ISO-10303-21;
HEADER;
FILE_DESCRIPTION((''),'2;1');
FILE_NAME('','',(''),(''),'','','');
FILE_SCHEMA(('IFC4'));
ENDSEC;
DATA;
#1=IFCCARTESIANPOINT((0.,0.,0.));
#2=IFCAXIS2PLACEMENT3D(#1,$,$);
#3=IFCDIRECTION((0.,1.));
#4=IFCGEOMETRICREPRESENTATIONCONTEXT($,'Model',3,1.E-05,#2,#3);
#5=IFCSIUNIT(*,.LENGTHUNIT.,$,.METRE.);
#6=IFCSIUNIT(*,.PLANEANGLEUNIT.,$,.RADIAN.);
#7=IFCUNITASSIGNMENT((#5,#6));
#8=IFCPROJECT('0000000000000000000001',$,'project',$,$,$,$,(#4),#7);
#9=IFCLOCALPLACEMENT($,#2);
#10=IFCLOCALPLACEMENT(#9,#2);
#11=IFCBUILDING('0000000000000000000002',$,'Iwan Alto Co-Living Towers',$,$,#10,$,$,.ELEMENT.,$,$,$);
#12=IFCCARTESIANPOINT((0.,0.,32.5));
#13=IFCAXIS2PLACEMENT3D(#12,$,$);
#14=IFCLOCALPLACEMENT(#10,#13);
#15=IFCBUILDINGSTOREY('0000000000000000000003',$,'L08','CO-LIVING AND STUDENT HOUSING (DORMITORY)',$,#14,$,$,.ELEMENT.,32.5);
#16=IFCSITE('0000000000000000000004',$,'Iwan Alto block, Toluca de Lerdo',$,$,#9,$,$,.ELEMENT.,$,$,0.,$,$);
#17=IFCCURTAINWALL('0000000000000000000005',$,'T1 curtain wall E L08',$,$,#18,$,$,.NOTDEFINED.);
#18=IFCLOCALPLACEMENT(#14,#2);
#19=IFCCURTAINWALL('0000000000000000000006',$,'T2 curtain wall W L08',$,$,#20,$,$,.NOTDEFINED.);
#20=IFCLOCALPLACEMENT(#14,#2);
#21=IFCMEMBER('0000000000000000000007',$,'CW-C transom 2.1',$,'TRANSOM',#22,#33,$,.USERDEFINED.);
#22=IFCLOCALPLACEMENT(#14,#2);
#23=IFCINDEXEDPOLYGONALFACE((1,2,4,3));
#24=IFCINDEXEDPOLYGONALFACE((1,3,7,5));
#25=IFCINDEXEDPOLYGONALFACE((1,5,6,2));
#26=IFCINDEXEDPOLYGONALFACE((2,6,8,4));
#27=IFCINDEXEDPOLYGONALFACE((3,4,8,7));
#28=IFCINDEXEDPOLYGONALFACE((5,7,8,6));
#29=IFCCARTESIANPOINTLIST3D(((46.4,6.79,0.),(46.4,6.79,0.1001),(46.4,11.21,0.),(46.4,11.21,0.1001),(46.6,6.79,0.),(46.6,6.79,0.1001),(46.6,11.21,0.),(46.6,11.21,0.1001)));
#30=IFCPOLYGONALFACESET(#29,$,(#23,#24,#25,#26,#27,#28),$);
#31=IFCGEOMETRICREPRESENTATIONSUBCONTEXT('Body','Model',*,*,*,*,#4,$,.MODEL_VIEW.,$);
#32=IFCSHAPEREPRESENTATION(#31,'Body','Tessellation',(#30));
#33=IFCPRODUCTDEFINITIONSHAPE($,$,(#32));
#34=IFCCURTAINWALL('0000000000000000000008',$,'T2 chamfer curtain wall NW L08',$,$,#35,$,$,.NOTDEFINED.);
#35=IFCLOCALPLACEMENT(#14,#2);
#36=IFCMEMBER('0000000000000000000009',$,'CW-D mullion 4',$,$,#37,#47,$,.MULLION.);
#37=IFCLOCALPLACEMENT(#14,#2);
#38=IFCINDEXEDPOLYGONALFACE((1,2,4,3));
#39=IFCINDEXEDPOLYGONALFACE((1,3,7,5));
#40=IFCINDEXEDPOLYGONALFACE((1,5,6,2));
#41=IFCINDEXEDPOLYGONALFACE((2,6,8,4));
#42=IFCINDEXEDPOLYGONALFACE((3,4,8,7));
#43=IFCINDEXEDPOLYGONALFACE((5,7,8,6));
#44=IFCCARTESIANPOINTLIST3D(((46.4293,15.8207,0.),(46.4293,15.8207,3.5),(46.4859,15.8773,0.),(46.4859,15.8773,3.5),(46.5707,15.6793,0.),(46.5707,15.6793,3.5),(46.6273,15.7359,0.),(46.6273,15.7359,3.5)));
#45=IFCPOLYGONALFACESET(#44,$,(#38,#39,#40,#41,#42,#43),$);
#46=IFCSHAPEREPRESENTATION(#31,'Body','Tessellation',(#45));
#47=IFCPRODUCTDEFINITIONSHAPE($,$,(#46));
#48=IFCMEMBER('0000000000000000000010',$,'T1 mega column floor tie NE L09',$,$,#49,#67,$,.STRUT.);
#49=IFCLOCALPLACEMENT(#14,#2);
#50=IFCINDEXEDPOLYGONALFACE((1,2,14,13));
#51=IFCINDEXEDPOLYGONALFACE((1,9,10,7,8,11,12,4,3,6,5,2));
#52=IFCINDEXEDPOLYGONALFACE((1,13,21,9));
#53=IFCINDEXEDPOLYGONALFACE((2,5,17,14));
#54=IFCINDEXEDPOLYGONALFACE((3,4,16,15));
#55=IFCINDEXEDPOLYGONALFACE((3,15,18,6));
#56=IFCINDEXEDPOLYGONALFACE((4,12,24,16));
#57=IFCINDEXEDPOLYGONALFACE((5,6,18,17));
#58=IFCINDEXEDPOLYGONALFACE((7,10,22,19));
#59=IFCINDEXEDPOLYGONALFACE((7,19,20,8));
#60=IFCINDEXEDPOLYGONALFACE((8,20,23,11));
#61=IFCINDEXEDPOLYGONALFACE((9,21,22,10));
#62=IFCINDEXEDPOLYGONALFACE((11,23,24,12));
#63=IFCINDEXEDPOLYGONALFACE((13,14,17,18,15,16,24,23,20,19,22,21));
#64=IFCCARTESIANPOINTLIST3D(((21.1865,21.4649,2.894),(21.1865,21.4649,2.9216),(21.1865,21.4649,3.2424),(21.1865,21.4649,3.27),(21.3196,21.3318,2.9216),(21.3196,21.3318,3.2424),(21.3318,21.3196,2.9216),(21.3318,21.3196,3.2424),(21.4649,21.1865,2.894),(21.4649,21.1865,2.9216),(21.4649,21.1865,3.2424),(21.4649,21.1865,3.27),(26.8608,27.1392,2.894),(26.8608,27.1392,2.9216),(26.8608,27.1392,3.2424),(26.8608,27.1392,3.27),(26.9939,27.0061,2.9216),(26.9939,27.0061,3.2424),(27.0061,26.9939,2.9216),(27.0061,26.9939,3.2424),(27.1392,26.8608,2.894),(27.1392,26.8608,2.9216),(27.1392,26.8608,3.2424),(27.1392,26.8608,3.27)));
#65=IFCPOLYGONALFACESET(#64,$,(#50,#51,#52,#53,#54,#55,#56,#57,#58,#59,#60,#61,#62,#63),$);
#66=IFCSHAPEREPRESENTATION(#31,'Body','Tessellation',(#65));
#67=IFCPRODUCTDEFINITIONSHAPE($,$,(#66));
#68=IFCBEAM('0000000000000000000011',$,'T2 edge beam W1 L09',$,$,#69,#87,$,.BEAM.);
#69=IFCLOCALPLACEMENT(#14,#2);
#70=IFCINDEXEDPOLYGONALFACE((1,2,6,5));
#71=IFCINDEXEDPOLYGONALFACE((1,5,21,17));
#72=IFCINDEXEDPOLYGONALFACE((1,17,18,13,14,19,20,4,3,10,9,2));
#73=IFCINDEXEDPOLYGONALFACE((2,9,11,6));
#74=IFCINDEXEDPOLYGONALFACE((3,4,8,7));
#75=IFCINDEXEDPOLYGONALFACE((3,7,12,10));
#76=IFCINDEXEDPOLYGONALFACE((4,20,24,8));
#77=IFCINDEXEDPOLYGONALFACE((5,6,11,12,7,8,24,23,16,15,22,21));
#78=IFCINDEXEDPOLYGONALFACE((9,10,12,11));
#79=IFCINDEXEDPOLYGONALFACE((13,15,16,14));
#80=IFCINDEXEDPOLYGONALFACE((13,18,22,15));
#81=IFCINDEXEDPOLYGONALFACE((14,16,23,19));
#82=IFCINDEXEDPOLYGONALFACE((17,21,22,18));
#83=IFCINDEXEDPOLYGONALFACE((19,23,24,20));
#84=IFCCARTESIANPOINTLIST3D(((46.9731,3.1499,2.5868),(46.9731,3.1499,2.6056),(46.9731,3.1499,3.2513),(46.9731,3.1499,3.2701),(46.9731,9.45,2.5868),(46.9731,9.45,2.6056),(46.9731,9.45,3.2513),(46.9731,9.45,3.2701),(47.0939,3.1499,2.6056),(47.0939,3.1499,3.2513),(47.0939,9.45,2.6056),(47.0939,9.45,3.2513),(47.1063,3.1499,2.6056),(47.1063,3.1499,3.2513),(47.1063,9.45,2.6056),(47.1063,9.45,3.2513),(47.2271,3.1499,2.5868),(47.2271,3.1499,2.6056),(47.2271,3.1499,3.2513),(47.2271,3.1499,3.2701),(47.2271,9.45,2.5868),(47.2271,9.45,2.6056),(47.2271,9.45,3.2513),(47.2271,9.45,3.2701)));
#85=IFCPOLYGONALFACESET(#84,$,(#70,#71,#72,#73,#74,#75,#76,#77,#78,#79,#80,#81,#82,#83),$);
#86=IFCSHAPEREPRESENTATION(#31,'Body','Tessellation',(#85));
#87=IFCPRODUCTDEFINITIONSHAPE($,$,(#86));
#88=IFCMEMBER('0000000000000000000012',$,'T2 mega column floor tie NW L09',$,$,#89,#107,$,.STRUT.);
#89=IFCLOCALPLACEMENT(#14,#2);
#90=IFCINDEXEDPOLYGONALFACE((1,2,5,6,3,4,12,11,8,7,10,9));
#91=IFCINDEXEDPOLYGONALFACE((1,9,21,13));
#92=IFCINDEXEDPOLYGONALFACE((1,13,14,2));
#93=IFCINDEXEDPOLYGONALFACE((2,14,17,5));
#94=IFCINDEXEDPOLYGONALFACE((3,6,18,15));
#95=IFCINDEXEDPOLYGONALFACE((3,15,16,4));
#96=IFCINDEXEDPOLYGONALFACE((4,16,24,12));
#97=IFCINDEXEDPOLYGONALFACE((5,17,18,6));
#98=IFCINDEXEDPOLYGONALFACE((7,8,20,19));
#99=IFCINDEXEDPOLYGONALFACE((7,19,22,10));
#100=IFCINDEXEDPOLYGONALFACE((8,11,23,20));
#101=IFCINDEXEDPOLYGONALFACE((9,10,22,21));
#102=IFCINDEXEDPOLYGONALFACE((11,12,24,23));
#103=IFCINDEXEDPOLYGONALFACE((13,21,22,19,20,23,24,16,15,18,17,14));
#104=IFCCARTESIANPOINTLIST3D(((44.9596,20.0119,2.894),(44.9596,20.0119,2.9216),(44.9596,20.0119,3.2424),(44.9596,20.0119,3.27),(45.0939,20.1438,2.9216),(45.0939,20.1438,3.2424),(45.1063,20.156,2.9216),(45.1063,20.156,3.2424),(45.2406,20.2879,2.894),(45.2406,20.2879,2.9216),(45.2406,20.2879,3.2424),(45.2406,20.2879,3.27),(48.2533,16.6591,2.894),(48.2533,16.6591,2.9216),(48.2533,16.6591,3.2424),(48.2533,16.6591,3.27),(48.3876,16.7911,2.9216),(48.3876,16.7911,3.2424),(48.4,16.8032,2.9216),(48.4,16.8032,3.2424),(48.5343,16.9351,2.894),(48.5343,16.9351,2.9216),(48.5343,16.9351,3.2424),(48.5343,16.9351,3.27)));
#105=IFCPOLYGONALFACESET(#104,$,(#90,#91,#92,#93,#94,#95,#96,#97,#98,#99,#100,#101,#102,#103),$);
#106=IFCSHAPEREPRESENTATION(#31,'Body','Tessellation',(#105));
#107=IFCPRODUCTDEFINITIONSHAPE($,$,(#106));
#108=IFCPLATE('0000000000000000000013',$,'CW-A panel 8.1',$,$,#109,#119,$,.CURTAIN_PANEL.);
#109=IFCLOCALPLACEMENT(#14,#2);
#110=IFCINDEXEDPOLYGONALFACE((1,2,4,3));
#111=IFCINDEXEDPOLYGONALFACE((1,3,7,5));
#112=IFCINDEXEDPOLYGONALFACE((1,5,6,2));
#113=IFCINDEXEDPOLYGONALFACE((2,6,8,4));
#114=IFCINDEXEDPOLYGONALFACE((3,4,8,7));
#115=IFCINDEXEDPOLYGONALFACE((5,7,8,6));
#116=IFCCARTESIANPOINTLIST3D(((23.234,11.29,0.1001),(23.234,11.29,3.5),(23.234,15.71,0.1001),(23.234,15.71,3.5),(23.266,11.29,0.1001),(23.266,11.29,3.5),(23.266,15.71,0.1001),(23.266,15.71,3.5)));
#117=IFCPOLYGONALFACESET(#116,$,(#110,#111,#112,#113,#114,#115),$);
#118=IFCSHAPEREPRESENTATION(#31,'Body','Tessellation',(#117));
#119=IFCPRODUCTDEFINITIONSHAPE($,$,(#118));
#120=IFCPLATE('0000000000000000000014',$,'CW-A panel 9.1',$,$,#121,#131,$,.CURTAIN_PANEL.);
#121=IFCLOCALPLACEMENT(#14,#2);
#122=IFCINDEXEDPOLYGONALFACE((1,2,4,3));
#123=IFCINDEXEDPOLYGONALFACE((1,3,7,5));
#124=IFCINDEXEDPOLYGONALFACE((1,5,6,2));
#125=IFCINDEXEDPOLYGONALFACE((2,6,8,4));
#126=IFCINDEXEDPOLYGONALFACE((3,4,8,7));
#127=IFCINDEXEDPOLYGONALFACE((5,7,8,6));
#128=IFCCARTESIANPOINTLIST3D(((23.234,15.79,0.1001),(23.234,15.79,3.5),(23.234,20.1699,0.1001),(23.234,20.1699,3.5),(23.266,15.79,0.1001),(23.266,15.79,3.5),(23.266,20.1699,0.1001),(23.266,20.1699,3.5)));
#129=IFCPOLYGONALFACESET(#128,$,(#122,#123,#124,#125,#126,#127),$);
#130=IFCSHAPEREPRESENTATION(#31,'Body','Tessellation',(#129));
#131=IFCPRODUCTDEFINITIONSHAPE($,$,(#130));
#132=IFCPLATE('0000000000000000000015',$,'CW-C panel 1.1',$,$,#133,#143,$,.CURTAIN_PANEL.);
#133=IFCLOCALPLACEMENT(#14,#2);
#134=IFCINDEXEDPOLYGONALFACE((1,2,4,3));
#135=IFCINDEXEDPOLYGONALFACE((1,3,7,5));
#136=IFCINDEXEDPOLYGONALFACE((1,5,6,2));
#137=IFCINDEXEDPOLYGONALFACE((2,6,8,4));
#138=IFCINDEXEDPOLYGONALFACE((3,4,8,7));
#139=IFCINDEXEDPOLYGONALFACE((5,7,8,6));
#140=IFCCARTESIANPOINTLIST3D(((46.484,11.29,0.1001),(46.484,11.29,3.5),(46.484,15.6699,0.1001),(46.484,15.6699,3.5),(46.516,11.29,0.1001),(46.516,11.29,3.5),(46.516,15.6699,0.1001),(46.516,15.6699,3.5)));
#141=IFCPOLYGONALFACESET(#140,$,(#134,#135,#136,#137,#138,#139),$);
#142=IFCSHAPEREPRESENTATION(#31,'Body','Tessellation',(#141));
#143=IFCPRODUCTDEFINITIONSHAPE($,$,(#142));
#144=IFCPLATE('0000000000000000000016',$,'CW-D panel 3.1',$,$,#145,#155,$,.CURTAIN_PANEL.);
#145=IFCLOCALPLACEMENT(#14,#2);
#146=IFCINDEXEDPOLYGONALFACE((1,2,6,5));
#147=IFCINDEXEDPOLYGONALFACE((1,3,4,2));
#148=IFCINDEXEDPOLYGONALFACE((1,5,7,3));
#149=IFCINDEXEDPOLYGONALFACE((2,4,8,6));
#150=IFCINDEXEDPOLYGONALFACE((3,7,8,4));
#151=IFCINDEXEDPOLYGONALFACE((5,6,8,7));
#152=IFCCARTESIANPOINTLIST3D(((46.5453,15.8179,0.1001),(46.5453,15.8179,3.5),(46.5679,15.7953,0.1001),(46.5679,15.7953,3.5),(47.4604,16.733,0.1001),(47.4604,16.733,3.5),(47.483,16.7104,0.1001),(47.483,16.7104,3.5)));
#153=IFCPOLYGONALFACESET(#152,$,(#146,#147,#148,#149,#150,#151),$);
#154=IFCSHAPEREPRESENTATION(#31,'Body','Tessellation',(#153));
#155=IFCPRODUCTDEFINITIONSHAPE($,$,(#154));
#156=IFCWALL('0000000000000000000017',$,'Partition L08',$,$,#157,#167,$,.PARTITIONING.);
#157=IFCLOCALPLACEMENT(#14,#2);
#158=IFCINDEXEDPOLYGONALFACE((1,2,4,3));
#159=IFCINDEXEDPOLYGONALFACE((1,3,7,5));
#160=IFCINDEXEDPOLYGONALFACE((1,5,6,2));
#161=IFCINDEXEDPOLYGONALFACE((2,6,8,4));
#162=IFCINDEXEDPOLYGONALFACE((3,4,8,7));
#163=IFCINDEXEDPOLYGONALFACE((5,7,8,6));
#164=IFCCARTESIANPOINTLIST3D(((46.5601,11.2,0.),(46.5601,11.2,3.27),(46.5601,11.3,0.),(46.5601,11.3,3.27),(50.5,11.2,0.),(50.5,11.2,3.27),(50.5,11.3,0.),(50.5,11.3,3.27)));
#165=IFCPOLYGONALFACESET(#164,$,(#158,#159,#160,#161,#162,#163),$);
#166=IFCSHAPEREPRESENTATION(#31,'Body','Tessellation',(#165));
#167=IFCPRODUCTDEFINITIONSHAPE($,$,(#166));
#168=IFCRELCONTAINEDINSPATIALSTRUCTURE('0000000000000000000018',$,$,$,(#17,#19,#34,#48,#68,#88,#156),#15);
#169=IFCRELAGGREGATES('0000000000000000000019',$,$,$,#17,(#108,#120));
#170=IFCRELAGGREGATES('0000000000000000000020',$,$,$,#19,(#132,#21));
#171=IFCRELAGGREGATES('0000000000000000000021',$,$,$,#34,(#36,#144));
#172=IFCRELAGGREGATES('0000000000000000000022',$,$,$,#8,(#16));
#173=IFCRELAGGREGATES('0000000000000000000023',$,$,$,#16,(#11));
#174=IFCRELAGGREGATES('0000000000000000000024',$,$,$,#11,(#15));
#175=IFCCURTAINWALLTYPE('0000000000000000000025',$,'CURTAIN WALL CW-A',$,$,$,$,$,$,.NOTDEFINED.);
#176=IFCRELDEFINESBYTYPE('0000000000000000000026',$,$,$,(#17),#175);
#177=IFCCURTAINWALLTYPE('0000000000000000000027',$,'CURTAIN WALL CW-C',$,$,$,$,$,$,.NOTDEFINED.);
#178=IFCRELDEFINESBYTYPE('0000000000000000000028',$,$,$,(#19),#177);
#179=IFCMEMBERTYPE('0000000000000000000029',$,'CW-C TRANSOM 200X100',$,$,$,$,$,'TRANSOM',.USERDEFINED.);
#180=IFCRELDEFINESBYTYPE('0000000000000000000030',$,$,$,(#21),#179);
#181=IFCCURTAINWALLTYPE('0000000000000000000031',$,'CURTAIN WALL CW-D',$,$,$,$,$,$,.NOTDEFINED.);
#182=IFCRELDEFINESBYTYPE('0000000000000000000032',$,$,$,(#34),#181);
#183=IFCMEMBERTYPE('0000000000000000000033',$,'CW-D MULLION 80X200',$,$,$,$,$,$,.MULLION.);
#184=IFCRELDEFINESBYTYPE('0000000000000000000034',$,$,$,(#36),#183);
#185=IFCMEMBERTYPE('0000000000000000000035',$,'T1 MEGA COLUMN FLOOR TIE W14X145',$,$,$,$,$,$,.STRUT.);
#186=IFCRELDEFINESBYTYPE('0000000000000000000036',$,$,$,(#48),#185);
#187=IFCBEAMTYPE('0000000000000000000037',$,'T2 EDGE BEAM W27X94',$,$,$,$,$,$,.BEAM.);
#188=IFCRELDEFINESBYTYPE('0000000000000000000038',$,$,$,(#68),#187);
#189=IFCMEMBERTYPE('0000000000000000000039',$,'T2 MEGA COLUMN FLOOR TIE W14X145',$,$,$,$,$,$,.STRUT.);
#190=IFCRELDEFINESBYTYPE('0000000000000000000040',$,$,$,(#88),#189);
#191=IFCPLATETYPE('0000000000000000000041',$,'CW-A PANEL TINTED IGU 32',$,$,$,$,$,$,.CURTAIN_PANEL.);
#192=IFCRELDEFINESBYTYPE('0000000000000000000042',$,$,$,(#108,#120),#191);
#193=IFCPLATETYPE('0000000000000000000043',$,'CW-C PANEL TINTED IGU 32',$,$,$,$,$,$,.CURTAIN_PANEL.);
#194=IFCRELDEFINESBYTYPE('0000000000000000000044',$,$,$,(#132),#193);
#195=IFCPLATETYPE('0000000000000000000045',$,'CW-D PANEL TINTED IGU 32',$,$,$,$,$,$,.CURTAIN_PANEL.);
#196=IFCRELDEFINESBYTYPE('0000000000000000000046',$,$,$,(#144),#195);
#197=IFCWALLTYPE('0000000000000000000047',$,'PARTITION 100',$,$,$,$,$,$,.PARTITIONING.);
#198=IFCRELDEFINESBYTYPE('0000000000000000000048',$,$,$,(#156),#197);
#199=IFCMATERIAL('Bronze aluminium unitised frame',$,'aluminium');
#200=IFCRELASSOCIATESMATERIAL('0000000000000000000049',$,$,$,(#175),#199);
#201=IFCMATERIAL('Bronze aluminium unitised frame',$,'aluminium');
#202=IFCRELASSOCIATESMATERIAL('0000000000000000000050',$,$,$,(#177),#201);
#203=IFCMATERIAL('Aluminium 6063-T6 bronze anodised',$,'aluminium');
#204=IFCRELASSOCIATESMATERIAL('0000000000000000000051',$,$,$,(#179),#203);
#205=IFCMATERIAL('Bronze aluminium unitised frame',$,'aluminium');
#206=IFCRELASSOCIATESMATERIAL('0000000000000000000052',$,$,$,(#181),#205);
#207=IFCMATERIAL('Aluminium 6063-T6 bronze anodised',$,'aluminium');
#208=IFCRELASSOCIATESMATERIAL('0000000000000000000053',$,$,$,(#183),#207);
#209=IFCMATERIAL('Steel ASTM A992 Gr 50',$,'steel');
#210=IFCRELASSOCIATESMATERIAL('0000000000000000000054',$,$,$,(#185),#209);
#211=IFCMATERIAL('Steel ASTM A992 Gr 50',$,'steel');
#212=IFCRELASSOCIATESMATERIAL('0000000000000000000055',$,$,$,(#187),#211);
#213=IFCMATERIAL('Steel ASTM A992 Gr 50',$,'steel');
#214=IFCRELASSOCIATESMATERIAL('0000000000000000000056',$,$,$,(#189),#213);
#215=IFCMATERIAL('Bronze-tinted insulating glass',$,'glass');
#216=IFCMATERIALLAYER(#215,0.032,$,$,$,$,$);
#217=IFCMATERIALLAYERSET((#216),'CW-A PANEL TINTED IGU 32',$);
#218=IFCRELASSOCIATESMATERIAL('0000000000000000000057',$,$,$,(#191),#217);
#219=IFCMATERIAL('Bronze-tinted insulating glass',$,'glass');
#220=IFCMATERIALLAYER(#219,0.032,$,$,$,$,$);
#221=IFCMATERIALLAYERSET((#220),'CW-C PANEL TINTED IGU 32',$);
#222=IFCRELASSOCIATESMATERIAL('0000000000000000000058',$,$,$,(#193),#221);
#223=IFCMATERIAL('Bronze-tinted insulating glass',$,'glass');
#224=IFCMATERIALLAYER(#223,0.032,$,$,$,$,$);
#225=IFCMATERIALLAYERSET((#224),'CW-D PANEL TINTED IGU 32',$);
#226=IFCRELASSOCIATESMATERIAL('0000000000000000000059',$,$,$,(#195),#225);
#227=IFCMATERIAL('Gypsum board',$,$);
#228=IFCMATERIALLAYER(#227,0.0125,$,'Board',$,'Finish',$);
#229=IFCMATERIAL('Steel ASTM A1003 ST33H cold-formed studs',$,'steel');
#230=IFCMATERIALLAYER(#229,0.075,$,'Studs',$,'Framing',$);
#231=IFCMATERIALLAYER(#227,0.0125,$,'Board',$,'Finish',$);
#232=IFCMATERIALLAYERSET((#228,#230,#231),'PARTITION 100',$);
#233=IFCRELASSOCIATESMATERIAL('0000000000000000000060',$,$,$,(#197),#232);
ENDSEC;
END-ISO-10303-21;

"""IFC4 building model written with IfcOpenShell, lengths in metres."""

from ifc_helpers import new_model, si_unit, direction, frame, frame_2d, origin, origin_2d, place, context, subcontext, project, spatial, rectangle, i_section, extrude, material, layer, layer_set, material_profile, profile_set, type_object, element, aggregate, save


model = new_model("IFC4")

# Units and contexts
model_context = context("Model", 3, precision=1e-05, world=origin(), true_north=direction((0.0, 1.0)))
body_context = subcontext(model_context, "Body", "Model", "MODEL_VIEW")
ifc_project = project(units=[si_unit("LENGTHUNIT", "METRE"), si_unit("PLANEANGLEUNIT", "RADIAN")], contexts=[model_context])

# Site, building, storey
site_placement = place(None, origin())
site = spatial("IfcSite", under=ifc_project, at=site_placement, Name="Iwan Alto block, Toluca de Lerdo", CompositionType="ELEMENT", RefElevation=0.0)
building_placement = place(site_placement, origin())
building = spatial("IfcBuilding", under=site, at=building_placement, Name="Iwan Alto Co-Living Towers", CompositionType="ELEMENT")
storey_placement = place(building_placement, frame((0.0, 0.0, 32.5)))
storey = spatial("IfcBuildingStorey", under=building, at=storey_placement, Name="L08", Description="CO-LIVING AND STUDENT HOUSING (DORMITORY)", CompositionType="ELEMENT", Elevation=32.5)

# Curtain walls, member
ifc_material_1 = material(Name="Bronze aluminium unitised frame", Category="aluminium")
curtain_wall_type_1 = type_object("IfcCurtainWallType", Name="CURTAIN WALL CW-A", PredefinedType="NOTDEFINED", material=ifc_material_1)
curtain_wall_1_placement = place(storey_placement, origin())
curtain_wall_1 = element("IfcCurtainWall", 1, at=curtain_wall_1_placement, inside=storey, type_object=curtain_wall_type_1, Name="T1 curtain wall E L08", PredefinedType="NOTDEFINED")
ifc_material_2 = material(Name="Bronze aluminium unitised frame", Category="aluminium")
curtain_wall_type_2 = type_object("IfcCurtainWallType", Name="CURTAIN WALL CW-C", PredefinedType="NOTDEFINED", material=ifc_material_2)
curtain_wall_2_placement = place(storey_placement, origin())
curtain_wall_2 = element("IfcCurtainWall", 2, at=curtain_wall_2_placement, inside=storey, type_object=curtain_wall_type_2, Name="T2 curtain wall W L08", PredefinedType="NOTDEFINED")
ifc_material_3 = material(Name="Aluminium 6063-T6 bronze anodised", Category="aluminium")
ifc_material_profile_1 = material_profile(ifc_material_3, rectangle(XDim=0.2, YDim=0.1001, at=origin_2d()), Name="AL 200X100")
ifc_profile_set_1 = profile_set([ifc_material_profile_1], Name="Aluminium 6063-T6 bronze anodised")
member_type_1 = type_object("IfcMemberType", Name="CW-C TRANSOM 200X100", ElementType="TRANSOM", PredefinedType="USERDEFINED", material=ifc_profile_set_1)
member_1_placement = place(storey_placement, frame((46.5, 11.21, 0.05), z_axis=(0.0, -1.0, 0.0), x_axis=(1.0, 0.0, 0.0)))
member_1 = element("IfcMember", 3, at=member_1_placement, type_object=member_type_1, Name="CW-C transom 2.1", ObjectType="TRANSOM", PredefinedType="USERDEFINED", context=body_context, shape_type="SweptSolid", body=[
    extrude(rectangle(XDim=0.2, YDim=0.1001, at=origin_2d()), origin(), (0.0, 0.0, 1.0), 4.4199),
])

# Curtain wall, member
ifc_material_4 = material(Name="Bronze aluminium unitised frame", Category="aluminium")
curtain_wall_type_3 = type_object("IfcCurtainWallType", Name="CURTAIN WALL CW-D", PredefinedType="NOTDEFINED", material=ifc_material_4)
curtain_wall_3_placement = place(storey_placement, origin())
curtain_wall_3 = element("IfcCurtainWall", 4, at=curtain_wall_3_placement, inside=storey, type_object=curtain_wall_type_3, Name="T2 chamfer curtain wall NW L08", PredefinedType="NOTDEFINED")
ifc_material_5 = material(Name="Aluminium 6063-T6 bronze anodised", Category="aluminium")
ifc_material_profile_2 = material_profile(ifc_material_5, rectangle(XDim=0.2, YDim=0.0801, at=origin_2d()), Name="AL 80X200")
ifc_profile_set_2 = profile_set([ifc_material_profile_2], Name="Aluminium 6063-T6 bronze anodised")
member_type_2 = type_object("IfcMemberType", Name="CW-D MULLION 80X200", PredefinedType="MULLION", material=ifc_profile_set_2)
member_2_placement = place(storey_placement, frame((46.5283, 15.7783, 0.0), z_axis=(0.0, 0.0, 1.0), x_axis=(0.707107, -0.707107, 0.0)))
member_2 = element("IfcMember", 5, at=member_2_placement, type_object=member_type_2, Name="CW-D mullion 4", PredefinedType="MULLION", context=body_context, shape_type="SweptSolid", body=[
    extrude(rectangle(XDim=0.2, YDim=0.0801, at=origin_2d()), origin(), (0.0, 0.0, 1.0), 3.5),
])

# Member
ifc_material_6 = material(Name="Steel ASTM A992 Gr 50", Category="steel")
ifc_material_profile_3 = material_profile(ifc_material_6, i_section(OverallWidth=0.3938, OverallDepth=0.376, WebThickness=0.0173, FlangeThickness=0.0276, at=origin_2d()), Name="W14X145")
ifc_profile_set_3 = profile_set([ifc_material_profile_3], Name="Steel ASTM A992 Gr 50")
member_type_3 = type_object("IfcMemberType", Name="T1 MEGA COLUMN FLOOR TIE W14X145", PredefinedType="STRUT", material=ifc_profile_set_3)
member_3_placement = place(storey_placement, frame((27.0, 27.0, 3.082), z_axis=(-0.707107, -0.707107, 0.0), x_axis=(0.707107, -0.707107, 0.0)))
element("IfcMember", 6, at=member_3_placement, inside=storey, type_object=member_type_3, Name="T1 mega column floor tie NE L09", PredefinedType="STRUT", context=body_context, shape_type="SweptSolid", body=[
    extrude(i_section(OverallWidth=0.3938, OverallDepth=0.376, WebThickness=0.0173, FlangeThickness=0.0276, at=origin_2d()), origin(), (0.0, 0.0, 1.0), 8.0247),
])

# Beam
ifc_material_7 = material(Name="Steel ASTM A992 Gr 50", Category="steel")
ifc_material_profile_4 = material_profile(ifc_material_7, i_section(OverallWidth=0.2539, OverallDepth=0.6833, WebThickness=0.0125, FlangeThickness=0.0188, at=origin_2d()), Name="W27X94")
ifc_profile_set_4 = profile_set([ifc_material_profile_4], Name="Steel ASTM A992 Gr 50")
beam_type = type_object("IfcBeamType", Name="T2 EDGE BEAM W27X94", PredefinedType="BEAM", material=ifc_profile_set_4)
beam_placement = place(storey_placement, frame((47.1001, 9.45, 2.9285), z_axis=(0.0, -1.0, 0.0), x_axis=(1.0, 0.0, 0.0)))
element("IfcBeam", 7, at=beam_placement, inside=storey, type_object=beam_type, Name="T2 edge beam W1 L09", PredefinedType="BEAM", context=body_context, shape_type="SweptSolid", body=[
    extrude(i_section(OverallWidth=0.2539, OverallDepth=0.6833, WebThickness=0.0125, FlangeThickness=0.0188, at=origin_2d()), origin(), (0.0, 0.0, 1.0), 6.3),
])

# Member
ifc_material_8 = material(Name="Steel ASTM A992 Gr 50", Category="steel")
ifc_material_profile_5 = material_profile(ifc_material_8, i_section(OverallWidth=0.3938, OverallDepth=0.376, WebThickness=0.0173, FlangeThickness=0.0276, at=origin_2d()), Name="W14X145")
ifc_profile_set_5 = profile_set([ifc_material_profile_5], Name="Steel ASTM A992 Gr 50")
member_type_4 = type_object("IfcMemberType", Name="T2 MEGA COLUMN FLOOR TIE W14X145", PredefinedType="STRUT", material=ifc_profile_set_5)
member_4_placement = place(storey_placement, frame((45.1001, 20.1499, 3.082), z_axis=(0.700793, -0.713364, 0.0), x_axis=(0.713364, 0.700793, 0.0)))
element("IfcMember", 8, at=member_4_placement, inside=storey, type_object=member_type_4, Name="T2 mega column floor tie NW L09", PredefinedType="STRUT", context=body_context, shape_type="SweptSolid", body=[
    extrude(i_section(OverallWidth=0.3938, OverallDepth=0.376, WebThickness=0.0173, FlangeThickness=0.0276, at=origin_2d()), origin(), (0.0, 0.0, 1.0), 4.7),
])

# Plates
ifc_material_9 = material(Name="Bronze-tinted insulating glass", Category="glass")
ifc_layer_1 = layer(ifc_material_9, 0.032)
ifc_layer_set_1 = layer_set([ifc_layer_1], Name="CW-A PANEL TINTED IGU 32")
plate_type_1 = type_object("IfcPlateType", Name="CW-A PANEL TINTED IGU 32", PredefinedType="CURTAIN_PANEL", material=ifc_layer_set_1)
plate_1_placement = place(storey_placement, frame((23.25, 13.5, 0.1001), z_axis=(0.0, 0.0, 1.0), x_axis=(0.0, 1.0, 0.0)))
plate_1 = element("IfcPlate", 9, at=plate_1_placement, type_object=plate_type_1, Name="CW-A panel 8.1", PredefinedType="CURTAIN_PANEL", context=body_context, shape_type="SweptSolid", body=[
    extrude(rectangle(XDim=4.4199, YDim=0.032, at=origin_2d()), origin(), (0.0, 0.0, 1.0), 3.3999),
])
plate_2_placement = place(storey_placement, frame((23.25, 17.98, 0.1001), z_axis=(0.0, 0.0, 1.0), x_axis=(0.0, 1.0, 0.0)))
plate_2 = element("IfcPlate", 10, at=plate_2_placement, type_object=plate_type_1, Name="CW-A panel 9.1", PredefinedType="CURTAIN_PANEL", context=body_context, shape_type="SweptSolid", body=[
    extrude(rectangle(XDim=4.3799, YDim=0.032, at=origin_2d()), origin(), (0.0, 0.0, 1.0), 3.3999),
])
aggregate(curtain_wall_1, [plate_1, plate_2])
ifc_material_10 = material(Name="Bronze-tinted insulating glass", Category="glass")
ifc_layer_2 = layer(ifc_material_10, 0.032)
ifc_layer_set_2 = layer_set([ifc_layer_2], Name="CW-C PANEL TINTED IGU 32")
plate_type_2 = type_object("IfcPlateType", Name="CW-C PANEL TINTED IGU 32", PredefinedType="CURTAIN_PANEL", material=ifc_layer_set_2)
plate_3_placement = place(storey_placement, frame((46.5, 13.48, 0.1001), z_axis=(0.0, 0.0, 1.0), x_axis=(0.0, -1.0, 0.0)))
plate_3 = element("IfcPlate", 11, at=plate_3_placement, type_object=plate_type_2, Name="CW-C panel 1.1", PredefinedType="CURTAIN_PANEL", context=body_context, shape_type="SweptSolid", body=[
    extrude(rectangle(XDim=4.3799, YDim=0.032, at=origin_2d()), origin(), (0.0, 0.0, 1.0), 3.3999),
])
aggregate(curtain_wall_2, [plate_3, member_1])
ifc_material_11 = material(Name="Bronze-tinted insulating glass", Category="glass")
ifc_layer_3 = layer(ifc_material_11, 0.032)
ifc_layer_set_3 = layer_set([ifc_layer_3], Name="CW-D PANEL TINTED IGU 32")
plate_type_3 = type_object("IfcPlateType", Name="CW-D PANEL TINTED IGU 32", PredefinedType="CURTAIN_PANEL", material=ifc_layer_set_3)
plate_4_placement = place(storey_placement, frame((47.0142, 16.2642, 0.1001), z_axis=(0.0, 0.0, 1.0), x_axis=(-0.707107, -0.707107, 0.0)))
plate_4 = element("IfcPlate", 12, at=plate_4_placement, type_object=plate_type_3, Name="CW-D panel 3.1", PredefinedType="CURTAIN_PANEL", context=body_context, shape_type="SweptSolid", body=[
    extrude(rectangle(XDim=1.2942, YDim=0.032, at=origin_2d()), origin(), (0.0, 0.0, 1.0), 3.3999),
])
aggregate(curtain_wall_3, [member_2, plate_4])

# Wall
ifc_material_12 = material(Name="Gypsum board")
ifc_layer_4 = layer(ifc_material_12, 0.0125, Name="Board", Category="Finish")
ifc_material_13 = material(Name="Steel ASTM A1003 ST33H cold-formed studs", Category="steel")
ifc_layer_5 = layer(ifc_material_13, 0.075, Name="Studs", Category="Framing")
ifc_layer_6 = layer(ifc_material_12, 0.0125, Name="Board", Category="Finish")
ifc_layer_set_4 = layer_set([ifc_layer_4, ifc_layer_5, ifc_layer_6], Name="PARTITION 100")
wall_type = type_object("IfcWallType", Name="PARTITION 100", PredefinedType="PARTITIONING", material=ifc_layer_set_4)
wall_placement = place(storey_placement, frame((46.5601, 11.25, 0.0), z_axis=(0.0, 0.0, 1.0), x_axis=(1.0, 0.0, 0.0)))
element("IfcWall", 13, at=wall_placement, inside=storey, type_object=wall_type, Name="Partition L08", PredefinedType="PARTITIONING", context=body_context, shape_type="SweptSolid", body=[
    extrude(rectangle(XDim=3.9399, YDim=0.1001, at=frame_2d((1.97, 0.0))), origin(), (0.0, 0.0, 1.0), 3.27),
])

save(model, "model.ifc")
